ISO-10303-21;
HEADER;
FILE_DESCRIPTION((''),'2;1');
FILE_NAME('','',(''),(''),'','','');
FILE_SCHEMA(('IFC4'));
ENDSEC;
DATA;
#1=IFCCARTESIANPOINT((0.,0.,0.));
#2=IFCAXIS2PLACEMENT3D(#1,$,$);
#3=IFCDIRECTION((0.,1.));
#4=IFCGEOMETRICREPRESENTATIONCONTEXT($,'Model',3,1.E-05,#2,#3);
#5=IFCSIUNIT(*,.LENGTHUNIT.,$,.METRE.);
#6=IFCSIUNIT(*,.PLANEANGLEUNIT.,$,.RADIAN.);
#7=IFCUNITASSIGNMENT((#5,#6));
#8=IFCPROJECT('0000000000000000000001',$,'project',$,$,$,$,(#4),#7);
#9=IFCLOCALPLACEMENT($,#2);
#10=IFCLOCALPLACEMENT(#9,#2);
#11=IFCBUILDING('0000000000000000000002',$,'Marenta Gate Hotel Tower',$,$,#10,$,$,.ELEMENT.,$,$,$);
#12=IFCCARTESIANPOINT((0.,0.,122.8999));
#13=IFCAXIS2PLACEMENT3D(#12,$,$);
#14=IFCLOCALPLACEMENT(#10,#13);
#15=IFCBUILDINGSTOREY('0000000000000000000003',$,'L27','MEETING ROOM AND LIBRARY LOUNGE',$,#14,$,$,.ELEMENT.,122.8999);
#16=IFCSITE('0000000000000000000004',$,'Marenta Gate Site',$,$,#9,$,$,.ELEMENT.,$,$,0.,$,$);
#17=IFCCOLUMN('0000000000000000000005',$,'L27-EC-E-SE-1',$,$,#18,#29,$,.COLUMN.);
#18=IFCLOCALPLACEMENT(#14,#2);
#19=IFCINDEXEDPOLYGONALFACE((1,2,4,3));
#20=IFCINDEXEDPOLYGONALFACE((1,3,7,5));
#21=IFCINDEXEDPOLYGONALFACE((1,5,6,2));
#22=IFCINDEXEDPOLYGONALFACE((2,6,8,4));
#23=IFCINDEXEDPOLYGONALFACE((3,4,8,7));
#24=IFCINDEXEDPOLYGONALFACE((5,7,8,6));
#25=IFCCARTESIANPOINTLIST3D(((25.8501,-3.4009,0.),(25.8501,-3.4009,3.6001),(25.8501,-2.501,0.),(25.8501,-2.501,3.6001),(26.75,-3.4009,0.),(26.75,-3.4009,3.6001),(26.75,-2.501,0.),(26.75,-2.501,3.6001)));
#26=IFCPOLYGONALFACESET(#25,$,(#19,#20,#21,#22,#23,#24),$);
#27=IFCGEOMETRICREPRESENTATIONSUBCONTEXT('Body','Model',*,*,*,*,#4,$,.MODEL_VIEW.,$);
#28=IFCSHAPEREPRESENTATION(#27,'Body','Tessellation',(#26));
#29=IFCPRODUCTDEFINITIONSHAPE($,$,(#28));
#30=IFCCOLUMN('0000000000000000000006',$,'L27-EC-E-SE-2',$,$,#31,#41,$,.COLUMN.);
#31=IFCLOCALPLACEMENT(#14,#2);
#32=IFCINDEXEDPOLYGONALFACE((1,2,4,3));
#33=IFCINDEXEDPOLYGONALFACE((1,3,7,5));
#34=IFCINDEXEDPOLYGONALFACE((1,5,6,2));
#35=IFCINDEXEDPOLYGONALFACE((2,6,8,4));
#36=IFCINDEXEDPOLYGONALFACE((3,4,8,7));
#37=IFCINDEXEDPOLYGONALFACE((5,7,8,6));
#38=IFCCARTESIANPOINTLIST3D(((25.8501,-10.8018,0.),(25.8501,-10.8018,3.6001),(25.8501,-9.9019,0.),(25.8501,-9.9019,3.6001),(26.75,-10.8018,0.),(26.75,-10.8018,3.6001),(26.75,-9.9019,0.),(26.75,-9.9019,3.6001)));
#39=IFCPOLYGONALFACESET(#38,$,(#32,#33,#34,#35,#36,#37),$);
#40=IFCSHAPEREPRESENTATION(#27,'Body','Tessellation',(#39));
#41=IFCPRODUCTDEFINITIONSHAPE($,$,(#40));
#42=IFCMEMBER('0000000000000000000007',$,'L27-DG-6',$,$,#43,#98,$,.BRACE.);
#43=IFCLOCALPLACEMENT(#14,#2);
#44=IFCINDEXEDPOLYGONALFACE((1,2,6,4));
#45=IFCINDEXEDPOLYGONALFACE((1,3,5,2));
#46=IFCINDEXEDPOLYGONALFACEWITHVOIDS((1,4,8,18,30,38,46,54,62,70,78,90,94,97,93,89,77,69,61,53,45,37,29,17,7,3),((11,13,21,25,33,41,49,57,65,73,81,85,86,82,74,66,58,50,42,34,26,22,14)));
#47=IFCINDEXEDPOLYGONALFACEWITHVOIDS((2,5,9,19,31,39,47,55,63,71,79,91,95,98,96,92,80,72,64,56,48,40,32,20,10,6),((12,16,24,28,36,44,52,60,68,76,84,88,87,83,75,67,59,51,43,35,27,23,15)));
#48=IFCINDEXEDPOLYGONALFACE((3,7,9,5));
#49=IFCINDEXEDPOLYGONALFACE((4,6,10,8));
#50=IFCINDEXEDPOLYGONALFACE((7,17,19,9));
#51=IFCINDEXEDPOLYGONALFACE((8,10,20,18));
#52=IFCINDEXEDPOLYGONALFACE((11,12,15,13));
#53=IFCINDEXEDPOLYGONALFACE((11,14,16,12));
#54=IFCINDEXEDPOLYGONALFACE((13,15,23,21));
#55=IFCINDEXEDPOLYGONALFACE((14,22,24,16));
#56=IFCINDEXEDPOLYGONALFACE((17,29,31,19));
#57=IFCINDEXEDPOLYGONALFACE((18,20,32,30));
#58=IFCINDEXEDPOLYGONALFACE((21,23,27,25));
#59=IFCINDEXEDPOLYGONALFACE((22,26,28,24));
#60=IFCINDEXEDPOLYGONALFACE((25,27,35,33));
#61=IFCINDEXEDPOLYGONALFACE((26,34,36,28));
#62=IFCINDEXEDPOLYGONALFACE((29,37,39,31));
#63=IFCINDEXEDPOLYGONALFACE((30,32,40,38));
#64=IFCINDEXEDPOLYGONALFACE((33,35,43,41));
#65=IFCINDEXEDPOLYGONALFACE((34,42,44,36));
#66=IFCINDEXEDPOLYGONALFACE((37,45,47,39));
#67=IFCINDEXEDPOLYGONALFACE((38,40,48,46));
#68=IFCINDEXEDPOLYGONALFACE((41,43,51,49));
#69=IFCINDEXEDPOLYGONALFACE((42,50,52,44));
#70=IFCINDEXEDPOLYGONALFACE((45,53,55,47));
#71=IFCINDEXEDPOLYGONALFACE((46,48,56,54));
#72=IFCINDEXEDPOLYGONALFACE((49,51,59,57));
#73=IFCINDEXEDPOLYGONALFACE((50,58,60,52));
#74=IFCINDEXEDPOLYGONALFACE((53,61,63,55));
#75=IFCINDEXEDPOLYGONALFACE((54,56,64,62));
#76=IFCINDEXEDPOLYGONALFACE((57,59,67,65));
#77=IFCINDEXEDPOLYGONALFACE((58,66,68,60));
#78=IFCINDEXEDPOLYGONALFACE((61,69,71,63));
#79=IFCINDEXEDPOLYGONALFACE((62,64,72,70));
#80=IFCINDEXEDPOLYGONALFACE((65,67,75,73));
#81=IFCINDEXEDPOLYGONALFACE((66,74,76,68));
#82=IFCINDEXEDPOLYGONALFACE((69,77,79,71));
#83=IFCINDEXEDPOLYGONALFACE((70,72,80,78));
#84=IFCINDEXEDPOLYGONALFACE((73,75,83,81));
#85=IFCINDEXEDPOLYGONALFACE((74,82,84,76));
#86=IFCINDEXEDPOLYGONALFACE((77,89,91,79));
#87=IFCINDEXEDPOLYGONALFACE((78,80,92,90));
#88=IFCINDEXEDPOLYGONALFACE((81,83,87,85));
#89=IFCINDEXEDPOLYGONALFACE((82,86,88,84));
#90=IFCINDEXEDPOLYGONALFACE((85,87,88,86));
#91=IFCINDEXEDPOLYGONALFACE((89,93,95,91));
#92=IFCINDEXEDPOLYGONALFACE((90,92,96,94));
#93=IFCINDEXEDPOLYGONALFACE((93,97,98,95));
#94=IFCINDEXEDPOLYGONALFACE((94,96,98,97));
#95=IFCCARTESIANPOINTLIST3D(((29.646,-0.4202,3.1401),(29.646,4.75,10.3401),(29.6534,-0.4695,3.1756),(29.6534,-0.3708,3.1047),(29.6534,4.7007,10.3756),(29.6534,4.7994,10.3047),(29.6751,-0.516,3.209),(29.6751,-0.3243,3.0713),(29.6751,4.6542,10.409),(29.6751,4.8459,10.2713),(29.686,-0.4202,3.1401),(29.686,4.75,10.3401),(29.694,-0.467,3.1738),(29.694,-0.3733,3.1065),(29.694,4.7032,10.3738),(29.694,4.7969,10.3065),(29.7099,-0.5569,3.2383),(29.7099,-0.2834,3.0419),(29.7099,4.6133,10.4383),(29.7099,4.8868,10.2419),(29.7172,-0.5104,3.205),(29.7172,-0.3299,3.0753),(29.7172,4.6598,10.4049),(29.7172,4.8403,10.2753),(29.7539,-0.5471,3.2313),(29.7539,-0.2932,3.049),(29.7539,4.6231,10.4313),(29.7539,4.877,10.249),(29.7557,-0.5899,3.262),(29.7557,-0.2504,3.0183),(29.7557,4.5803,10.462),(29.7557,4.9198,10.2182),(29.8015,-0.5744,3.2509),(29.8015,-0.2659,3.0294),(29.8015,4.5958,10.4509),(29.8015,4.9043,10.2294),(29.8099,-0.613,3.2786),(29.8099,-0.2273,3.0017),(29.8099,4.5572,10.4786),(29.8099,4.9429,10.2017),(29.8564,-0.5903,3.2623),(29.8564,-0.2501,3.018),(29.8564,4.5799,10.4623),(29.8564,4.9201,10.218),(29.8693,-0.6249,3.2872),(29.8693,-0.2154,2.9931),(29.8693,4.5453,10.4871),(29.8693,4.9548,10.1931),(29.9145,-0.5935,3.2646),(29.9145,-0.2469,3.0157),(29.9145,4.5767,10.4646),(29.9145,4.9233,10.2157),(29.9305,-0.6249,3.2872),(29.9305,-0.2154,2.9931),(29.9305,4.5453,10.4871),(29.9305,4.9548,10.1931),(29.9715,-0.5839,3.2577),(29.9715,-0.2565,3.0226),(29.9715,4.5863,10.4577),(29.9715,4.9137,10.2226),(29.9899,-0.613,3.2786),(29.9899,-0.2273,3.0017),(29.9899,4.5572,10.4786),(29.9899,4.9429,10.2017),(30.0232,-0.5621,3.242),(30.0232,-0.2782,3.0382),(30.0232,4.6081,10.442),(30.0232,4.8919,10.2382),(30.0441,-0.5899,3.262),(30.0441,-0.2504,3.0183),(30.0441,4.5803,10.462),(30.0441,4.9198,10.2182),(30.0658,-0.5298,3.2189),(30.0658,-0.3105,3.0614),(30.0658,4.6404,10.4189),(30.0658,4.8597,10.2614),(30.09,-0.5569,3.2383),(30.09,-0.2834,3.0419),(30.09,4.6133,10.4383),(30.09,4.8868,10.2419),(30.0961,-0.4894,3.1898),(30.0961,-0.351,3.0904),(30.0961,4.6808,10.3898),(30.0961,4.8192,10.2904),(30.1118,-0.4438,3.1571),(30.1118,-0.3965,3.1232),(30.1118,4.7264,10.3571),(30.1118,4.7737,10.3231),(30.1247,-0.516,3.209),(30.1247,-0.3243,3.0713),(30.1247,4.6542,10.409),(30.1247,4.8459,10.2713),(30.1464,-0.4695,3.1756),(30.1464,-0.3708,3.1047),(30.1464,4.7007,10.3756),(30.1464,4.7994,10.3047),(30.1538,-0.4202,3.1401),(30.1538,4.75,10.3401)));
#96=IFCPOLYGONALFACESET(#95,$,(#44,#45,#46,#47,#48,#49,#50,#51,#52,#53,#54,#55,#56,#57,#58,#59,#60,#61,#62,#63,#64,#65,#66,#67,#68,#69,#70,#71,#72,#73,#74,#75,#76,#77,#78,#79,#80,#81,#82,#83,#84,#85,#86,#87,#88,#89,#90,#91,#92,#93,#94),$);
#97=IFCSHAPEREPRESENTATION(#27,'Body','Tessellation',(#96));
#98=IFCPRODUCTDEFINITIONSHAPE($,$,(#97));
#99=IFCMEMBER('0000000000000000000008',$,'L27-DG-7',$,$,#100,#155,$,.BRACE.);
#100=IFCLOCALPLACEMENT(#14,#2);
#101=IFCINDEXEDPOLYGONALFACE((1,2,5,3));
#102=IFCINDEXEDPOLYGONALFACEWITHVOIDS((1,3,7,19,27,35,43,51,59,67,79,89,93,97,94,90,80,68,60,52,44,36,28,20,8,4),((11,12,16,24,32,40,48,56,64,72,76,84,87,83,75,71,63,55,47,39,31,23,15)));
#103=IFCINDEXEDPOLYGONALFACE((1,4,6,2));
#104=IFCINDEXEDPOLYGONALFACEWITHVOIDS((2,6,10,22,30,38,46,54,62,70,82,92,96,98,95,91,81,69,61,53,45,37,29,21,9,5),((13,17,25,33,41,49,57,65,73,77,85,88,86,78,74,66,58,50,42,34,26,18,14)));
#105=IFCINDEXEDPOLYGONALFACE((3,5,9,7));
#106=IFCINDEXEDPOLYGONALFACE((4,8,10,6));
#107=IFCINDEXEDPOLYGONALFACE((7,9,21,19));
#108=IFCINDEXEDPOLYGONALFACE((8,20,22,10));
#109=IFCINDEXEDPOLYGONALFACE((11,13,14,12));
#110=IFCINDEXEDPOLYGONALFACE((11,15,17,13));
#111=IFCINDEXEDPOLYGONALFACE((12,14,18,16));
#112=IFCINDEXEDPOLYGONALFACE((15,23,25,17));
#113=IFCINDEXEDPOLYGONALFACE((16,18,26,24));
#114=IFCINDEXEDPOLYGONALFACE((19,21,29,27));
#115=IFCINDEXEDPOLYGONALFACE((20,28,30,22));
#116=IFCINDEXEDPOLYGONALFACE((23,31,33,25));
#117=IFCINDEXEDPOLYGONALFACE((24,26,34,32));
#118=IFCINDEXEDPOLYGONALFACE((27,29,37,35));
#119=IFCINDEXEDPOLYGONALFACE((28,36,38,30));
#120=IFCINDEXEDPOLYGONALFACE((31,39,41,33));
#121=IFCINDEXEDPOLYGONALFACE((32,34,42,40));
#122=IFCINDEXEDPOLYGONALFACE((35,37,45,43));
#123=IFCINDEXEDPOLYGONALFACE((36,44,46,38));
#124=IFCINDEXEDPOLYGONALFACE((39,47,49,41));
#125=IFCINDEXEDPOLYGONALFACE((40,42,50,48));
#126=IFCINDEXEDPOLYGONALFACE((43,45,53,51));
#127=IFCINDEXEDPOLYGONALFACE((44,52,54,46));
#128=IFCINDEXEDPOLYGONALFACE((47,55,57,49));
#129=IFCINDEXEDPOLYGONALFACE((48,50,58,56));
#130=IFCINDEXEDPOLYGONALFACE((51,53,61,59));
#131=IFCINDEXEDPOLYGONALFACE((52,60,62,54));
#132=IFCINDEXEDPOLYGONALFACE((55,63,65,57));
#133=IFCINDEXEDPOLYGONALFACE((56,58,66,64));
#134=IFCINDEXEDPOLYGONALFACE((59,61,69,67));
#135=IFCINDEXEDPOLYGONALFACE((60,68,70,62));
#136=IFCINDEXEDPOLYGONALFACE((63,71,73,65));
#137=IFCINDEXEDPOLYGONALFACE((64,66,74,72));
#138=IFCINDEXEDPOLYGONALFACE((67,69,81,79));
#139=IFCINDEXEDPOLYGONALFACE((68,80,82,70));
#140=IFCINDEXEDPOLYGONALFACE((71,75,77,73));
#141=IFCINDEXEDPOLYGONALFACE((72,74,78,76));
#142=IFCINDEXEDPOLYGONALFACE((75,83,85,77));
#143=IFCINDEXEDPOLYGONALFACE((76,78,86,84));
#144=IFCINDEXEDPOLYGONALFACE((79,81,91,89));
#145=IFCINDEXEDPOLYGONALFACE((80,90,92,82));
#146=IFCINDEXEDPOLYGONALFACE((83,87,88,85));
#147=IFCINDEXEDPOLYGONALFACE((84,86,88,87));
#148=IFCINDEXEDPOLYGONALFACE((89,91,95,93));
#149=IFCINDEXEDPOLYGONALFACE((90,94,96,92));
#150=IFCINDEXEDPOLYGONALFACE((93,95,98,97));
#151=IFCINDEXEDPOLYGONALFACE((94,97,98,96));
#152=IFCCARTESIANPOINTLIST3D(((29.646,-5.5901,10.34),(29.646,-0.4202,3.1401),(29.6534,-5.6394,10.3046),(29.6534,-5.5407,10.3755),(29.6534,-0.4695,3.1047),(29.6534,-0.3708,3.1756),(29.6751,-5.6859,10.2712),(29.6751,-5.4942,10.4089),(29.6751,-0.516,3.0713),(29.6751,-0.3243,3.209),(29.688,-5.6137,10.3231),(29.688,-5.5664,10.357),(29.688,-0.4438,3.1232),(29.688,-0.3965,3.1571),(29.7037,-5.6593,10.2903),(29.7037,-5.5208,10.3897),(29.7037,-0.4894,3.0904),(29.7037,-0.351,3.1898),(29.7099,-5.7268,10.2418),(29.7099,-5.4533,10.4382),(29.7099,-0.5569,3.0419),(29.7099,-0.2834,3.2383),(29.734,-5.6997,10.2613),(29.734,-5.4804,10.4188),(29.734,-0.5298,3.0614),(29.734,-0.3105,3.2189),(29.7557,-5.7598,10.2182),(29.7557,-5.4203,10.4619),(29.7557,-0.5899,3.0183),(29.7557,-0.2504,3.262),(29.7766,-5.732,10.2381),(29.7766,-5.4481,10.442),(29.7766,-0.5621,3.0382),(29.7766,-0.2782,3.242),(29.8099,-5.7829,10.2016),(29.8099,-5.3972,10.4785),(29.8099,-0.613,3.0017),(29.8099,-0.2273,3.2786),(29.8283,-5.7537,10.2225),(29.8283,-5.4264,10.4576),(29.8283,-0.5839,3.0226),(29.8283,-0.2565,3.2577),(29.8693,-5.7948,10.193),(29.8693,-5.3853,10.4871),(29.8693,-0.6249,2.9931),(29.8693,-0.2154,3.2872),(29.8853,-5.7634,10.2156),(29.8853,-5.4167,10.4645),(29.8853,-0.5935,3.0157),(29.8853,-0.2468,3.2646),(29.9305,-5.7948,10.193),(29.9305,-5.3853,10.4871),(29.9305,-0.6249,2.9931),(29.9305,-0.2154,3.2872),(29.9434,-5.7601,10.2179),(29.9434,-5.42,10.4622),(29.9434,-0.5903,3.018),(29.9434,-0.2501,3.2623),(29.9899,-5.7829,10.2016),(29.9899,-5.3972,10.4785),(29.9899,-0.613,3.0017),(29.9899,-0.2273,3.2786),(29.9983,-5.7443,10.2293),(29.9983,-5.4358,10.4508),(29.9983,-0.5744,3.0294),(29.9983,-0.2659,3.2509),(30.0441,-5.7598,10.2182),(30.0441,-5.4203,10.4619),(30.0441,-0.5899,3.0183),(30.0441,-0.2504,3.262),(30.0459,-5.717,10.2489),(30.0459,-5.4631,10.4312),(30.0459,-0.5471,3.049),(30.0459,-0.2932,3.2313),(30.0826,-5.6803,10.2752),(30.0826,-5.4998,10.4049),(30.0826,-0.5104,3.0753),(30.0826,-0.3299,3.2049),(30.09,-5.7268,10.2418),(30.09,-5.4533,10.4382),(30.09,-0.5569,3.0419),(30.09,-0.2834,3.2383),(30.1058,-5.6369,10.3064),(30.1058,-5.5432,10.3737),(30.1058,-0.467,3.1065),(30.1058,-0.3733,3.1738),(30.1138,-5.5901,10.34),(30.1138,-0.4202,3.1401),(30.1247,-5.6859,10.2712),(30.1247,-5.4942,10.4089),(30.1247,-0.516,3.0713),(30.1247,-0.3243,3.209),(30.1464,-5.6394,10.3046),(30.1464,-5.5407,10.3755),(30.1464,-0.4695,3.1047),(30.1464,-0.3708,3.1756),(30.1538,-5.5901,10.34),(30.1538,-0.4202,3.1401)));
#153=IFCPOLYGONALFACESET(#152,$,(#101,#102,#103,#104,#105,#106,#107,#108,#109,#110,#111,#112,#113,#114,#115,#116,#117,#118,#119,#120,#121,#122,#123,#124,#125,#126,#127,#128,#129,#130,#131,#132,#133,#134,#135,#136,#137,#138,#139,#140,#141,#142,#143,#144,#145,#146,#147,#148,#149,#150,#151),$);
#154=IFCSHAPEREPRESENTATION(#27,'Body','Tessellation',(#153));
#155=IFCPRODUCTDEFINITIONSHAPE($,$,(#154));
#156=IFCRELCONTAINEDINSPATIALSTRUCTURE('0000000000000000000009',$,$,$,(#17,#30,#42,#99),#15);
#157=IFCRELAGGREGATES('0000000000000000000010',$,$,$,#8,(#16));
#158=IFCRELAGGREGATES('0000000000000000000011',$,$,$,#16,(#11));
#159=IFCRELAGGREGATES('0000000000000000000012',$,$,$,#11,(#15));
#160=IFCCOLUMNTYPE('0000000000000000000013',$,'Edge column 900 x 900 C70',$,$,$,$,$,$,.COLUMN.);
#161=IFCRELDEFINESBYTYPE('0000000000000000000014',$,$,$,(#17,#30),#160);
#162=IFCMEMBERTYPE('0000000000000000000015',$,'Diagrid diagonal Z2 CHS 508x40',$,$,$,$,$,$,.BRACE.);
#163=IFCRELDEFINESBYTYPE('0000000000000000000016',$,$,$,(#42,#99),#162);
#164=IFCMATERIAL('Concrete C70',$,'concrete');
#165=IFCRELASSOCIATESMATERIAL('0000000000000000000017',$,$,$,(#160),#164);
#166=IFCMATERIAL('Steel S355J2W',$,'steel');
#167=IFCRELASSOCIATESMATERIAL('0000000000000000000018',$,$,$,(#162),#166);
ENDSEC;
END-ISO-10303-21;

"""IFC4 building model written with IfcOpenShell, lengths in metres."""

from ifc_helpers import new_model, si_unit, direction, frame, origin, origin_2d, place, context, subcontext, project, spatial, rectangle, hollow_circle, extrude, material, material_profile, profile_set, type_object, element, save


model = new_model("IFC4")

# Units and contexts
model_context = context("Model", 3, precision=1e-05, world=origin(), true_north=direction((0.0, 1.0)))
body_context = subcontext(model_context, "Body", "Model", "MODEL_VIEW")
ifc_project = project(units=[si_unit("LENGTHUNIT", "METRE"), si_unit("PLANEANGLEUNIT", "RADIAN")], contexts=[model_context])

# Site, building, storey
site_placement = place(None, origin())
site = spatial("IfcSite", under=ifc_project, at=site_placement, Name="Marenta Gate Site", CompositionType="ELEMENT", RefElevation=0.0)
building_placement = place(site_placement, origin())
building = spatial("IfcBuilding", under=site, at=building_placement, Name="Marenta Gate Hotel Tower", CompositionType="ELEMENT")
storey_placement = place(building_placement, frame((0.0, 0.0, 122.8999)))
storey = spatial("IfcBuildingStorey", under=building, at=storey_placement, Name="L27", Description="MEETING ROOM AND LIBRARY LOUNGE", CompositionType="ELEMENT", Elevation=122.8999)

# Columns
ifc_material_1 = material(Name="Concrete C70", Category="concrete")
ifc_material_profile_1 = material_profile(ifc_material_1, rectangle(XDim=0.8999, YDim=0.8999, at=origin_2d()), Name="900 x 900")
ifc_profile_set_1 = profile_set([ifc_material_profile_1], Name="Concrete C70")
column_type = type_object("IfcColumnType", Name="Edge column 900 x 900 C70", PredefinedType="COLUMN", material=ifc_profile_set_1)
for number, where, z_axis, x_axis, name in (
    (1, (26.3, -2.9509, 0.0), (0.0, 0.0, 1.0), (1.0, 0.0, 0.0), "L27-EC-E-SE-1"),
    (2, (26.3, -10.3518, 0.0), (0.0, 0.0, 1.0), (1.0, 0.0, 0.0), "L27-EC-E-SE-2"),
):
    element("IfcColumn", number, at=place(storey_placement, frame(where, z_axis=z_axis, x_axis=x_axis)), inside=storey, type_object=column_type, Name=name, PredefinedType="COLUMN", context=body_context, shape_type="SweptSolid", body=[
        extrude(rectangle(XDim=0.8999, YDim=0.8999, at=origin_2d()), origin(), (0.0, 0.0, 1.0), 3.6001),
    ])

# Members
ifc_material_2 = material(Name="Steel S355J2W", Category="steel")
ifc_material_profile_2 = material_profile(ifc_material_2, hollow_circle(Radius=0.2539, WallThickness=0.04, at=origin_2d()), Name="CHS 508x40")
ifc_profile_set_2 = profile_set([ifc_material_profile_2], Name="Steel S355J2W")
member_type_1 = type_object("IfcMemberType", Name="Diagrid diagonal Z2 CHS 508x40", PredefinedType="BRACE", material=ifc_profile_set_2)
member_1_placement = place(storey_placement, frame((29.8999, -0.4202, 3.1401), z_axis=(0.0, 0.583279, 0.812272), x_axis=(-1.0, 0.0, 0.0)))
element("IfcMember", 3, at=member_1_placement, inside=storey, type_object=member_type_1, Name="L27-DG-6", PredefinedType="BRACE", context=body_context, shape_type="SweptSolid", body=[
    extrude(hollow_circle(Radius=0.2539, WallThickness=0.04, at=origin_2d()), origin(), (0.0, 0.0, 1.0), 8.864),
])
for number, where, z_axis, x_axis, name in (
    (4, (29.8999, -0.4202, 3.1401), (0.0, -0.583261, 0.812285), (1.0, 0.0, 0.0), "L27-DG-7"),
):
    element("IfcMember", number, at=place(storey_placement, frame(where, z_axis=z_axis, x_axis=x_axis)), inside=storey, type_object=member_type_1, Name=name, PredefinedType="BRACE", context=body_context, shape_type="SweptSolid", body=[
        extrude(hollow_circle(Radius=0.2539, WallThickness=0.04, at=origin_2d()), origin(), (0.0, 0.0, 1.0), 8.8638),
    ])

save(model, "model.ifc")
